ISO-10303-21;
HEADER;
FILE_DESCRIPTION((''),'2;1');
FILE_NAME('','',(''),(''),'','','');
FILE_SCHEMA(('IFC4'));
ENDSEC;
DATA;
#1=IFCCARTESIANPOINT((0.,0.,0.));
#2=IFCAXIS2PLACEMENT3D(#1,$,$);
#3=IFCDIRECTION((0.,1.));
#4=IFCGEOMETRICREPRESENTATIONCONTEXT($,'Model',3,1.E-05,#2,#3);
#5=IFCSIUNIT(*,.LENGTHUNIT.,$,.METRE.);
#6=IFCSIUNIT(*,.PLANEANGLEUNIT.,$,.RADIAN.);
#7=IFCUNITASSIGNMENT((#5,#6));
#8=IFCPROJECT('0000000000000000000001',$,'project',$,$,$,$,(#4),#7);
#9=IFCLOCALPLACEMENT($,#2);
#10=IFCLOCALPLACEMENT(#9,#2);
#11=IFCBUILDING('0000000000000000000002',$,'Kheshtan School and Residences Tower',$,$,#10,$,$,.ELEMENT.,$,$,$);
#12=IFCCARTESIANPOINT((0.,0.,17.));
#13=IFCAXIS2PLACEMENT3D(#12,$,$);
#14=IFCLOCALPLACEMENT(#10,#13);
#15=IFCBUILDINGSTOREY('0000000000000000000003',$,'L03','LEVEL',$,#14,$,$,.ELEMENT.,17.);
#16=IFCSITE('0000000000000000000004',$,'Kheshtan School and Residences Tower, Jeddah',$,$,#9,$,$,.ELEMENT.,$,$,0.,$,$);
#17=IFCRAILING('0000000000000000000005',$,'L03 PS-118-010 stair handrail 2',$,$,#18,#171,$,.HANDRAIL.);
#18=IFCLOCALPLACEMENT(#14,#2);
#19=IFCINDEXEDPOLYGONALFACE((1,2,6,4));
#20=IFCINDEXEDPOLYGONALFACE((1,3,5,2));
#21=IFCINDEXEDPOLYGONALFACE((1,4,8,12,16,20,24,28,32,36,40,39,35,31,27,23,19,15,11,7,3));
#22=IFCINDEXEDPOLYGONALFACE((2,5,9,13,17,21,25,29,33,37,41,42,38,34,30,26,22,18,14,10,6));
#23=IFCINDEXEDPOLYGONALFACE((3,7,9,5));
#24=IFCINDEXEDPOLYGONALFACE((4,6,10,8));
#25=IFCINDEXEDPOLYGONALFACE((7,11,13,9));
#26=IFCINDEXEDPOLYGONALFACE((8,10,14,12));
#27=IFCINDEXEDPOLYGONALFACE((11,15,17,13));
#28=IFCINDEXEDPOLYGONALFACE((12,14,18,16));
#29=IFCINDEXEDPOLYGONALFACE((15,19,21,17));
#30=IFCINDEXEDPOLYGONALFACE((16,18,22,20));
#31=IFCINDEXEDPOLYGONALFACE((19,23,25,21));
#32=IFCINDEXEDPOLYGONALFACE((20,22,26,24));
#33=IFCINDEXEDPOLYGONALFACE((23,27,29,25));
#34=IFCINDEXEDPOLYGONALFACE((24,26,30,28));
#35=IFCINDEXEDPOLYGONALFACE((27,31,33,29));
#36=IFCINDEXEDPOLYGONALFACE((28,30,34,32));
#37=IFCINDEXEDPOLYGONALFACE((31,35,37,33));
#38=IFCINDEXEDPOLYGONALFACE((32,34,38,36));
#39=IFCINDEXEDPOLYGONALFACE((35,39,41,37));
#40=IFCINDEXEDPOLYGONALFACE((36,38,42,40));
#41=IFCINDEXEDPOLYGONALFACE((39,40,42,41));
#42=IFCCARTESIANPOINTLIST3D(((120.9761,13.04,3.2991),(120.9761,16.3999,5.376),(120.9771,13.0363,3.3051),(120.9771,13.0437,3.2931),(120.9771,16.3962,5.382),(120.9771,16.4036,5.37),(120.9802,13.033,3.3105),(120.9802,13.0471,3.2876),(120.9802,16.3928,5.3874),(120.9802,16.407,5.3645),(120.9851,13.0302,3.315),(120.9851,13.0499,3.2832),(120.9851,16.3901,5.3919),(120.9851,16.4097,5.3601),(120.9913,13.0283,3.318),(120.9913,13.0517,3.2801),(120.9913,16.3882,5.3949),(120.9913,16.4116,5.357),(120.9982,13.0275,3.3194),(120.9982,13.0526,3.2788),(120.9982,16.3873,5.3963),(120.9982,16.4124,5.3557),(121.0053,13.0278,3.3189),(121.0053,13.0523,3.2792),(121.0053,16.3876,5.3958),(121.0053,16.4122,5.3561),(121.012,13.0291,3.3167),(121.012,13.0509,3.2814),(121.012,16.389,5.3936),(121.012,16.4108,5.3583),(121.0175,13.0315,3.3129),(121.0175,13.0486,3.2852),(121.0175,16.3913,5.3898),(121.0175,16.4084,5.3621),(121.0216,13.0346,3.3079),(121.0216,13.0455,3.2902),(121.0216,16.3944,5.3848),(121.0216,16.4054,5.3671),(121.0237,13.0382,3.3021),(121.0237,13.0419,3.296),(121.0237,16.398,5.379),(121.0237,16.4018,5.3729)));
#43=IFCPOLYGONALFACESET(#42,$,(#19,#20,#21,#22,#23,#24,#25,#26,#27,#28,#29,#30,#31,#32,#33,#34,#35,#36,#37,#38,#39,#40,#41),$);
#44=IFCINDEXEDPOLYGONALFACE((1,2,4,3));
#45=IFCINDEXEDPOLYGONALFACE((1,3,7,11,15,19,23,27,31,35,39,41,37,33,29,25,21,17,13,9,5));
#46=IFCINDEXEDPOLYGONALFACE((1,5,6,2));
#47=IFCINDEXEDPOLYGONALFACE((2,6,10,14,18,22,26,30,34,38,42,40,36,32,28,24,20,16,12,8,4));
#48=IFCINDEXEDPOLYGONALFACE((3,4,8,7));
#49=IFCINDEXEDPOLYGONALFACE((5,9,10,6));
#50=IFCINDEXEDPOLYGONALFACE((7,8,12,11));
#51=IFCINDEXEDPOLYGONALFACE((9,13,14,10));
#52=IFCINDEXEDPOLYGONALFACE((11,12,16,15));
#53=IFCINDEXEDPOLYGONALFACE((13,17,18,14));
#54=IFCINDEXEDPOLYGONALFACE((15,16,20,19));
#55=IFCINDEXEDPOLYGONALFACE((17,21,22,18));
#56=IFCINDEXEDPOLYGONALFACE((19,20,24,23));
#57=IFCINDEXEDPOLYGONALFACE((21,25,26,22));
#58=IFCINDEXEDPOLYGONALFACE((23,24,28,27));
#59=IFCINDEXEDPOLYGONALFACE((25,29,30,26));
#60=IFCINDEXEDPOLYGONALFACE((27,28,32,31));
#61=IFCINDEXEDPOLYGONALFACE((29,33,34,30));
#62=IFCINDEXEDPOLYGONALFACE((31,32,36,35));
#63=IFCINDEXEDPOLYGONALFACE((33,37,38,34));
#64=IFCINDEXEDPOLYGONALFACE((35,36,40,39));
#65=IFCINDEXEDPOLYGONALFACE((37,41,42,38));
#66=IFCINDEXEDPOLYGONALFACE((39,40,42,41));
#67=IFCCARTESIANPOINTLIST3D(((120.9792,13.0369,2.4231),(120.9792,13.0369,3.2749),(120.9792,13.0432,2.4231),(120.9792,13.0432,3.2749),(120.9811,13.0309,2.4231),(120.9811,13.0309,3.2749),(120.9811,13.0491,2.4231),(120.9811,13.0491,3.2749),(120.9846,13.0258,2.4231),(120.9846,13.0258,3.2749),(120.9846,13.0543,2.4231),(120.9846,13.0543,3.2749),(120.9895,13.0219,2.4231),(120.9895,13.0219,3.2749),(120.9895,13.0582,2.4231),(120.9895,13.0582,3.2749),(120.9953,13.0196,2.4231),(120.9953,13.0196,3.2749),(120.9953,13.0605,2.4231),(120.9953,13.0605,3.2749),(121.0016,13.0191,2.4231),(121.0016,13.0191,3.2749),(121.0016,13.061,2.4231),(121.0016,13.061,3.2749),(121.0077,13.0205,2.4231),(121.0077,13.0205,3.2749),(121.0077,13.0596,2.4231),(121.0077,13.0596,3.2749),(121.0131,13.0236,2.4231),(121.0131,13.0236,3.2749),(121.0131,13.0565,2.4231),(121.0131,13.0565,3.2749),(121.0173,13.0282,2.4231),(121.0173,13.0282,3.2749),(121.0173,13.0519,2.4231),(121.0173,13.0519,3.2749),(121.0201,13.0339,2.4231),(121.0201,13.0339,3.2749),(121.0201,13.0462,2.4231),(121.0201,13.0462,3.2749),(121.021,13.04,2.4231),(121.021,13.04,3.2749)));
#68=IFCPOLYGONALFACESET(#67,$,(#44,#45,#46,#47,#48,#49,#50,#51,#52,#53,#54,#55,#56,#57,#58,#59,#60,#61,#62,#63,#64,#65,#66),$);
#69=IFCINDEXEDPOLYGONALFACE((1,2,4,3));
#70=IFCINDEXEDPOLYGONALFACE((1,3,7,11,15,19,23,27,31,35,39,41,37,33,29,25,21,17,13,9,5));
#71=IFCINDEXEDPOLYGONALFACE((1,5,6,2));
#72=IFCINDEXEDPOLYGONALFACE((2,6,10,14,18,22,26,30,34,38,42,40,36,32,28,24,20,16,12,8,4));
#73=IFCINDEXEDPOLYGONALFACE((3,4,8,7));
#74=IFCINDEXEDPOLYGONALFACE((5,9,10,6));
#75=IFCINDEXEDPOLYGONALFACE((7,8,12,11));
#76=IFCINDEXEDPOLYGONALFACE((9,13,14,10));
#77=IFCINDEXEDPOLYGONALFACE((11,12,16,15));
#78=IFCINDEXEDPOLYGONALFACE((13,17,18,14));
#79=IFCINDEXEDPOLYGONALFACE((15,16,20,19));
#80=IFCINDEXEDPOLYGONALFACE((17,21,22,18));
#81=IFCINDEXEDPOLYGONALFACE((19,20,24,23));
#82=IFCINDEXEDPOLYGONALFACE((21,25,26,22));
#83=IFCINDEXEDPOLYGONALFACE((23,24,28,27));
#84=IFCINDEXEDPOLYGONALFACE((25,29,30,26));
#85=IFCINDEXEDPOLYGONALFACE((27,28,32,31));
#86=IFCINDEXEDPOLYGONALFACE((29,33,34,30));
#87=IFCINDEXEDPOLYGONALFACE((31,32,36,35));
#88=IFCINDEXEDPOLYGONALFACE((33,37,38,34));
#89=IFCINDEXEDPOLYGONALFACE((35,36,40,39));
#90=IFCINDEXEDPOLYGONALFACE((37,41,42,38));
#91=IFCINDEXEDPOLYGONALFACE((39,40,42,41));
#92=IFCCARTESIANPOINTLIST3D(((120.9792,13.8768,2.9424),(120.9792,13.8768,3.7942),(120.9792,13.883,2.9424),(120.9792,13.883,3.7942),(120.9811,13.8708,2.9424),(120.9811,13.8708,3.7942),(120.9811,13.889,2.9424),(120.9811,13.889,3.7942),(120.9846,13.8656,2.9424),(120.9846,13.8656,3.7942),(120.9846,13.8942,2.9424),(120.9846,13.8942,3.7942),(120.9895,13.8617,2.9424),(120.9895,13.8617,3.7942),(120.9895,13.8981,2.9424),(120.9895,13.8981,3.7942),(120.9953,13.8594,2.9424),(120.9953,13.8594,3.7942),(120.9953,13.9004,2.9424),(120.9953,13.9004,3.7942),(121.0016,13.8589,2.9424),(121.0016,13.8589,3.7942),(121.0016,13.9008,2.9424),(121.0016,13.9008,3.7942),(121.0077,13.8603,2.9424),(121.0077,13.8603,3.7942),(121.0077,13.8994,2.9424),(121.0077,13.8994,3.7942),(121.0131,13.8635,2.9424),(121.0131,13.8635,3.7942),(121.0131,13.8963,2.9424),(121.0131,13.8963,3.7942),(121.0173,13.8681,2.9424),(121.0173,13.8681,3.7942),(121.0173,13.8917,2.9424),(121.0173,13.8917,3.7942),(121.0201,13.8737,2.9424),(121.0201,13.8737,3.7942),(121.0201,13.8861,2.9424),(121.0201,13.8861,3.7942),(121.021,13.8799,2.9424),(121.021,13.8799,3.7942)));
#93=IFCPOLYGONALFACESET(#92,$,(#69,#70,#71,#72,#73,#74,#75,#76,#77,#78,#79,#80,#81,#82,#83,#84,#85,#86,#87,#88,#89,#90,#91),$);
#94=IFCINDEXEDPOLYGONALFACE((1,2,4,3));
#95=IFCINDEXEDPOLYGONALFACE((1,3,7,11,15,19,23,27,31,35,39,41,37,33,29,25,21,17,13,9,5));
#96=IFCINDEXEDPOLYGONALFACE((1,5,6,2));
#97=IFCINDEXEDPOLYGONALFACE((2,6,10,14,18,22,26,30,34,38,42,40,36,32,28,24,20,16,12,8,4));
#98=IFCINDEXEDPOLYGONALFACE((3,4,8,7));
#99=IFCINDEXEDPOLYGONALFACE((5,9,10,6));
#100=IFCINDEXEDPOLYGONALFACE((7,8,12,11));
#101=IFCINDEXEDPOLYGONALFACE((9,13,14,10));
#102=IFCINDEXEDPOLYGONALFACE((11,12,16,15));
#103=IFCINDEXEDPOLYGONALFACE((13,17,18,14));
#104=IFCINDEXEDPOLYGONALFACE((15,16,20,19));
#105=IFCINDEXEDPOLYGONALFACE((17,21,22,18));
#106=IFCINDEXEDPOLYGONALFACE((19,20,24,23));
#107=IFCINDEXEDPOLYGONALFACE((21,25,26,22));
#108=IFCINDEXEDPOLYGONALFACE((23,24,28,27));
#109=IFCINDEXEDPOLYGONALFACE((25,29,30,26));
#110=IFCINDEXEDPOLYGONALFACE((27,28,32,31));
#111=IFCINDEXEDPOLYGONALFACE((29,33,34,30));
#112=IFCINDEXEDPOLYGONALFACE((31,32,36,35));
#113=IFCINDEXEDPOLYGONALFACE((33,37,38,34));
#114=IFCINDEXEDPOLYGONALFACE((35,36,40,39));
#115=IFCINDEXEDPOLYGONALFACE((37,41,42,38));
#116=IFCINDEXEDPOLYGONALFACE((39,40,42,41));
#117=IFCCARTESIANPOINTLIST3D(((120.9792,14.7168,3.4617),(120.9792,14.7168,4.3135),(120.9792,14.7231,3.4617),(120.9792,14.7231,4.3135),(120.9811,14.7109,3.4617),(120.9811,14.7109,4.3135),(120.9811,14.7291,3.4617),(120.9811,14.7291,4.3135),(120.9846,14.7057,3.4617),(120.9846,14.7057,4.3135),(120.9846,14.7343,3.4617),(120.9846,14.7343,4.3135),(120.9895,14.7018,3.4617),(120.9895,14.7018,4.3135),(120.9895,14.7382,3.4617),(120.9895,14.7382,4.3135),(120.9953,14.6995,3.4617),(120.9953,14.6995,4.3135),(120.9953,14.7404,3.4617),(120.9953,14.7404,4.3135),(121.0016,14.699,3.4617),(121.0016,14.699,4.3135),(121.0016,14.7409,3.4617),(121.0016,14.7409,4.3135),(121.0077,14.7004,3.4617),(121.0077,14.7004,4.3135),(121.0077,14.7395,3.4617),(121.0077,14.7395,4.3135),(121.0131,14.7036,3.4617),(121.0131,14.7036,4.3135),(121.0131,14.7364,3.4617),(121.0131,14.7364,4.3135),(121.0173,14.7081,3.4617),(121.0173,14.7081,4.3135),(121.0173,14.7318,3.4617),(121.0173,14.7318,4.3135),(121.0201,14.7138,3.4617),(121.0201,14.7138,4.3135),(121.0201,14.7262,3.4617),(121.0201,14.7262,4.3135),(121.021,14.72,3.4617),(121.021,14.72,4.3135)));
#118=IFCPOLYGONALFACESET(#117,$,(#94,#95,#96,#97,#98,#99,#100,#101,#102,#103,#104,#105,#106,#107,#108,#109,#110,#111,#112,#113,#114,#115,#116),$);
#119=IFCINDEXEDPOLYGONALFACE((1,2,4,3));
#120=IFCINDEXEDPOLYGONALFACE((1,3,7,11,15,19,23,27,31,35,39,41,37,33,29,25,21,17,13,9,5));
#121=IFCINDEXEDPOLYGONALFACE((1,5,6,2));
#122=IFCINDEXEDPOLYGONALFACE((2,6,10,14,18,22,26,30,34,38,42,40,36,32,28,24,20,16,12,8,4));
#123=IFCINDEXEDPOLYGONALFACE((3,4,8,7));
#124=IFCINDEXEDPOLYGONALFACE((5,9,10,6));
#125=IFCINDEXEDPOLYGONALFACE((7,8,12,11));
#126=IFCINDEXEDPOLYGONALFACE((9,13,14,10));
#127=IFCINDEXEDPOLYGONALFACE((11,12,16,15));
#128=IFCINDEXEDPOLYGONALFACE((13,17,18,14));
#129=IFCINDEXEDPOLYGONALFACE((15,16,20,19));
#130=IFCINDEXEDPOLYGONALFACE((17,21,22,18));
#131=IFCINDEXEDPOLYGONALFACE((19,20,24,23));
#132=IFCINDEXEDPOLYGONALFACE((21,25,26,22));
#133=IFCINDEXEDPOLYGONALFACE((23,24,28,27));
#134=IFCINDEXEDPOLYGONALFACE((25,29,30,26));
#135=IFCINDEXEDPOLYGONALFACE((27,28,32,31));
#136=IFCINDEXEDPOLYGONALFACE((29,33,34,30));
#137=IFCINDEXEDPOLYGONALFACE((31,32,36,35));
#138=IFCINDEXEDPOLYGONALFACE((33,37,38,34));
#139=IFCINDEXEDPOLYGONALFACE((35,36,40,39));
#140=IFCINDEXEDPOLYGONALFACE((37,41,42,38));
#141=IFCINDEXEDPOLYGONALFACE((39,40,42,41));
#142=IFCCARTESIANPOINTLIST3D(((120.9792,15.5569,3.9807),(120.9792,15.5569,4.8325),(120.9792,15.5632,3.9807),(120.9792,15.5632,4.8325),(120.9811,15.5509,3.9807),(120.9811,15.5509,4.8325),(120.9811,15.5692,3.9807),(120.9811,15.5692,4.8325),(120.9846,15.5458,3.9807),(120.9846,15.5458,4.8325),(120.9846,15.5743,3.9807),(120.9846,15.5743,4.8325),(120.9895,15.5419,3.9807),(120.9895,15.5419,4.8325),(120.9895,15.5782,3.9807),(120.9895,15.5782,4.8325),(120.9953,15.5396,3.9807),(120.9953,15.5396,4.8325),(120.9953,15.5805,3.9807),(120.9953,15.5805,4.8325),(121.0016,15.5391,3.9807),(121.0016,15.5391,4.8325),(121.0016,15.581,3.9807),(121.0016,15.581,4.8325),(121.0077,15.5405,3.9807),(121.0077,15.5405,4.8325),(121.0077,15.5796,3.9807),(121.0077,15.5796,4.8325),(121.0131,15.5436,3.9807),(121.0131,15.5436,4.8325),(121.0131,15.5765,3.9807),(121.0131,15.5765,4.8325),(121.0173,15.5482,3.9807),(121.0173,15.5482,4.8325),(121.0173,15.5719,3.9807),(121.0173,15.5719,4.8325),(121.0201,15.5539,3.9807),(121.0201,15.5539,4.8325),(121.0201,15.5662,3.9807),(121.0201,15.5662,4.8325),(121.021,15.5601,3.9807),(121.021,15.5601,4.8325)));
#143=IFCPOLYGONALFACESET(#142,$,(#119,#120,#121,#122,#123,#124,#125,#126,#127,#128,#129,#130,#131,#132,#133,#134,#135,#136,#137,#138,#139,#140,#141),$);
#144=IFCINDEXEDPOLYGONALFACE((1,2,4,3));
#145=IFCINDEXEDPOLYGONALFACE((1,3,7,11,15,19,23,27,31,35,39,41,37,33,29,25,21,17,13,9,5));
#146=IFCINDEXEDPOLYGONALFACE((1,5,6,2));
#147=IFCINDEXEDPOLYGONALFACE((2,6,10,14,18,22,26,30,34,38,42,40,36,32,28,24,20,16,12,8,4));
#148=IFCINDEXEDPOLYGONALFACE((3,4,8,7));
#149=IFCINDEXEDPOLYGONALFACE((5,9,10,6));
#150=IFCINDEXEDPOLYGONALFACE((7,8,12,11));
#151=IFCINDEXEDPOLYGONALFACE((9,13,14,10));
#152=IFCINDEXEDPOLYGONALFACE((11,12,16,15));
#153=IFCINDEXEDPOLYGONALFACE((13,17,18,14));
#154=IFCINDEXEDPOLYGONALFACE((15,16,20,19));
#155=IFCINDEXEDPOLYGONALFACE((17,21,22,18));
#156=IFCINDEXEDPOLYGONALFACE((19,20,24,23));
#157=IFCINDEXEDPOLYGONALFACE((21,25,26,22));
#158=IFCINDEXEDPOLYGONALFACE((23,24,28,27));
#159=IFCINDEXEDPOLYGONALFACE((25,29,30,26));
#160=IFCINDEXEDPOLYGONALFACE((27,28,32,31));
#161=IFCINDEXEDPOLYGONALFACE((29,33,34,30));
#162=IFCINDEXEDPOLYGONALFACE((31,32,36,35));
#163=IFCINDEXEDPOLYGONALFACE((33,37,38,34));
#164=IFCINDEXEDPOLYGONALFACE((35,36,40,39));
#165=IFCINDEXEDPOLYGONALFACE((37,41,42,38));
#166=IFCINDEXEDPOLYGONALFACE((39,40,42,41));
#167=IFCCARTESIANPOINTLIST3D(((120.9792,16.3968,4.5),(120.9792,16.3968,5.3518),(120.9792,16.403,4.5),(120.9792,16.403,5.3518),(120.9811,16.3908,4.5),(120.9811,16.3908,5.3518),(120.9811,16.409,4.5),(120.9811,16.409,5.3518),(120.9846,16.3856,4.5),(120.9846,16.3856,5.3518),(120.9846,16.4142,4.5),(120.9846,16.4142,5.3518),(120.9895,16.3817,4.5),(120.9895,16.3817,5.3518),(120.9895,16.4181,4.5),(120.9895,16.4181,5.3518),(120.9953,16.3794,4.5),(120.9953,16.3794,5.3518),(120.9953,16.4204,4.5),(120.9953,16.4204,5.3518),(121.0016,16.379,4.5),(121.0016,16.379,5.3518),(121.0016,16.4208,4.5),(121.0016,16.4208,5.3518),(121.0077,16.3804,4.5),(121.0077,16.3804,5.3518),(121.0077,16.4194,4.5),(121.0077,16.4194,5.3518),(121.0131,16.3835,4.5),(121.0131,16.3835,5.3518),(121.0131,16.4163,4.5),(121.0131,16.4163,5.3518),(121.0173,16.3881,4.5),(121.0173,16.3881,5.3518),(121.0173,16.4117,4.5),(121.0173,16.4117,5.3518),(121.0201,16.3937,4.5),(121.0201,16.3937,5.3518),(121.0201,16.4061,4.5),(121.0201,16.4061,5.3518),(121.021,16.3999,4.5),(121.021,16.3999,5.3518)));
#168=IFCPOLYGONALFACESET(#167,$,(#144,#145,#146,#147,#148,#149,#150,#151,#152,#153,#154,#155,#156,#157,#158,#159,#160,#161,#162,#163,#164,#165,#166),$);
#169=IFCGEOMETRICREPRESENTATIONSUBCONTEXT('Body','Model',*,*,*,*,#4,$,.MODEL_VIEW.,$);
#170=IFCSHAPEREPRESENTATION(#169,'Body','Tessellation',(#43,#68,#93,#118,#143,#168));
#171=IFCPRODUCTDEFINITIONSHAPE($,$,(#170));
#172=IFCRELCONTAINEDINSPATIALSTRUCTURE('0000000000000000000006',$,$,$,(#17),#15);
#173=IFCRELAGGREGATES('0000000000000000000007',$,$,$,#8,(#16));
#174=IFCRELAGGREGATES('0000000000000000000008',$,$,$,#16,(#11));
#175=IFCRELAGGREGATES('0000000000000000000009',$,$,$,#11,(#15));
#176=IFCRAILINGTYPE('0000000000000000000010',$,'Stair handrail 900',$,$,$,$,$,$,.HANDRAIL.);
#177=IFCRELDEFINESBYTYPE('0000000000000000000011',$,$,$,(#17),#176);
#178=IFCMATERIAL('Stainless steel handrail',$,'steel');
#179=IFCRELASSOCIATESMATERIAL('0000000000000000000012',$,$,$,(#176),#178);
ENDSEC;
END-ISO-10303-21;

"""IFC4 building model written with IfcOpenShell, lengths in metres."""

from ifc_helpers import new_model, si_unit, direction, frame, origin, origin_2d, place, context, subcontext, project, spatial, circle, extrude, material, type_object, element, save


model = new_model("IFC4")

# Units and contexts
model_context = context("Model", 3, precision=1e-05, world=origin(), true_north=direction((0.0, 1.0)))
body_context = subcontext(model_context, "Body", "Model", "MODEL_VIEW")
ifc_project = project(units=[si_unit("LENGTHUNIT", "METRE"), si_unit("PLANEANGLEUNIT", "RADIAN")], contexts=[model_context])

# Site, building, storey
site_placement = place(None, origin())
site = spatial("IfcSite", under=ifc_project, at=site_placement, Name="Kheshtan School and Residences Tower, Jeddah", CompositionType="ELEMENT", RefElevation=0.0)
building_placement = place(site_placement, origin())
building = spatial("IfcBuilding", under=site, at=building_placement, Name="Kheshtan School and Residences Tower", CompositionType="ELEMENT")
storey_placement = place(building_placement, frame((0.0, 0.0, 17.0)))
storey = spatial("IfcBuildingStorey", under=building, at=storey_placement, Name="L03", Description="LEVEL", CompositionType="ELEMENT", Elevation=17.0)

# Railing
ifc_material_1 = material(Name="Stainless steel handrail", Category="steel")
railing_type = type_object("IfcRailingType", Name="Stair handrail 900", PredefinedType="HANDRAIL", material=ifc_material_1)
railing_placement = place(storey_placement, frame((121.0, 13.04, 2.4231)))
element("IfcRailing", 1, at=railing_placement, inside=storey, type_object=railing_type, Name="L03 PS-118-010 stair handrail 2", PredefinedType="HANDRAIL", context=body_context, shape_type="SweptSolid", body=[
    extrude(circle(Radius=0.0239, at=origin_2d()), frame((0.0, 0.0, 0.876), z_axis=(0.0, 0.850606, 0.525803), x_axis=(-1.0, 0.0, 0.0)), (0.0, 0.0, 1.0), 3.95),
    extrude(circle(Radius=0.021, at=origin_2d()), origin(), (0.0, 0.0, 1.0), 0.8518),
    extrude(circle(Radius=0.021, at=origin_2d()), frame((0.0, 0.8398, 0.5193)), (0.0, 0.0, 1.0), 0.8518),
    extrude(circle(Radius=0.021, at=origin_2d()), frame((0.0, 1.6799, 1.0386)), (0.0, 0.0, 1.0), 0.8518),
    extrude(circle(Radius=0.021, at=origin_2d()), frame((0.0, 2.52, 1.5576)), (0.0, 0.0, 1.0), 0.8518),
    extrude(circle(Radius=0.021, at=origin_2d()), frame((0.0, 3.3599, 2.0769)), (0.0, 0.0, 1.0), 0.8518),
])

save(model, "model.ifc")
